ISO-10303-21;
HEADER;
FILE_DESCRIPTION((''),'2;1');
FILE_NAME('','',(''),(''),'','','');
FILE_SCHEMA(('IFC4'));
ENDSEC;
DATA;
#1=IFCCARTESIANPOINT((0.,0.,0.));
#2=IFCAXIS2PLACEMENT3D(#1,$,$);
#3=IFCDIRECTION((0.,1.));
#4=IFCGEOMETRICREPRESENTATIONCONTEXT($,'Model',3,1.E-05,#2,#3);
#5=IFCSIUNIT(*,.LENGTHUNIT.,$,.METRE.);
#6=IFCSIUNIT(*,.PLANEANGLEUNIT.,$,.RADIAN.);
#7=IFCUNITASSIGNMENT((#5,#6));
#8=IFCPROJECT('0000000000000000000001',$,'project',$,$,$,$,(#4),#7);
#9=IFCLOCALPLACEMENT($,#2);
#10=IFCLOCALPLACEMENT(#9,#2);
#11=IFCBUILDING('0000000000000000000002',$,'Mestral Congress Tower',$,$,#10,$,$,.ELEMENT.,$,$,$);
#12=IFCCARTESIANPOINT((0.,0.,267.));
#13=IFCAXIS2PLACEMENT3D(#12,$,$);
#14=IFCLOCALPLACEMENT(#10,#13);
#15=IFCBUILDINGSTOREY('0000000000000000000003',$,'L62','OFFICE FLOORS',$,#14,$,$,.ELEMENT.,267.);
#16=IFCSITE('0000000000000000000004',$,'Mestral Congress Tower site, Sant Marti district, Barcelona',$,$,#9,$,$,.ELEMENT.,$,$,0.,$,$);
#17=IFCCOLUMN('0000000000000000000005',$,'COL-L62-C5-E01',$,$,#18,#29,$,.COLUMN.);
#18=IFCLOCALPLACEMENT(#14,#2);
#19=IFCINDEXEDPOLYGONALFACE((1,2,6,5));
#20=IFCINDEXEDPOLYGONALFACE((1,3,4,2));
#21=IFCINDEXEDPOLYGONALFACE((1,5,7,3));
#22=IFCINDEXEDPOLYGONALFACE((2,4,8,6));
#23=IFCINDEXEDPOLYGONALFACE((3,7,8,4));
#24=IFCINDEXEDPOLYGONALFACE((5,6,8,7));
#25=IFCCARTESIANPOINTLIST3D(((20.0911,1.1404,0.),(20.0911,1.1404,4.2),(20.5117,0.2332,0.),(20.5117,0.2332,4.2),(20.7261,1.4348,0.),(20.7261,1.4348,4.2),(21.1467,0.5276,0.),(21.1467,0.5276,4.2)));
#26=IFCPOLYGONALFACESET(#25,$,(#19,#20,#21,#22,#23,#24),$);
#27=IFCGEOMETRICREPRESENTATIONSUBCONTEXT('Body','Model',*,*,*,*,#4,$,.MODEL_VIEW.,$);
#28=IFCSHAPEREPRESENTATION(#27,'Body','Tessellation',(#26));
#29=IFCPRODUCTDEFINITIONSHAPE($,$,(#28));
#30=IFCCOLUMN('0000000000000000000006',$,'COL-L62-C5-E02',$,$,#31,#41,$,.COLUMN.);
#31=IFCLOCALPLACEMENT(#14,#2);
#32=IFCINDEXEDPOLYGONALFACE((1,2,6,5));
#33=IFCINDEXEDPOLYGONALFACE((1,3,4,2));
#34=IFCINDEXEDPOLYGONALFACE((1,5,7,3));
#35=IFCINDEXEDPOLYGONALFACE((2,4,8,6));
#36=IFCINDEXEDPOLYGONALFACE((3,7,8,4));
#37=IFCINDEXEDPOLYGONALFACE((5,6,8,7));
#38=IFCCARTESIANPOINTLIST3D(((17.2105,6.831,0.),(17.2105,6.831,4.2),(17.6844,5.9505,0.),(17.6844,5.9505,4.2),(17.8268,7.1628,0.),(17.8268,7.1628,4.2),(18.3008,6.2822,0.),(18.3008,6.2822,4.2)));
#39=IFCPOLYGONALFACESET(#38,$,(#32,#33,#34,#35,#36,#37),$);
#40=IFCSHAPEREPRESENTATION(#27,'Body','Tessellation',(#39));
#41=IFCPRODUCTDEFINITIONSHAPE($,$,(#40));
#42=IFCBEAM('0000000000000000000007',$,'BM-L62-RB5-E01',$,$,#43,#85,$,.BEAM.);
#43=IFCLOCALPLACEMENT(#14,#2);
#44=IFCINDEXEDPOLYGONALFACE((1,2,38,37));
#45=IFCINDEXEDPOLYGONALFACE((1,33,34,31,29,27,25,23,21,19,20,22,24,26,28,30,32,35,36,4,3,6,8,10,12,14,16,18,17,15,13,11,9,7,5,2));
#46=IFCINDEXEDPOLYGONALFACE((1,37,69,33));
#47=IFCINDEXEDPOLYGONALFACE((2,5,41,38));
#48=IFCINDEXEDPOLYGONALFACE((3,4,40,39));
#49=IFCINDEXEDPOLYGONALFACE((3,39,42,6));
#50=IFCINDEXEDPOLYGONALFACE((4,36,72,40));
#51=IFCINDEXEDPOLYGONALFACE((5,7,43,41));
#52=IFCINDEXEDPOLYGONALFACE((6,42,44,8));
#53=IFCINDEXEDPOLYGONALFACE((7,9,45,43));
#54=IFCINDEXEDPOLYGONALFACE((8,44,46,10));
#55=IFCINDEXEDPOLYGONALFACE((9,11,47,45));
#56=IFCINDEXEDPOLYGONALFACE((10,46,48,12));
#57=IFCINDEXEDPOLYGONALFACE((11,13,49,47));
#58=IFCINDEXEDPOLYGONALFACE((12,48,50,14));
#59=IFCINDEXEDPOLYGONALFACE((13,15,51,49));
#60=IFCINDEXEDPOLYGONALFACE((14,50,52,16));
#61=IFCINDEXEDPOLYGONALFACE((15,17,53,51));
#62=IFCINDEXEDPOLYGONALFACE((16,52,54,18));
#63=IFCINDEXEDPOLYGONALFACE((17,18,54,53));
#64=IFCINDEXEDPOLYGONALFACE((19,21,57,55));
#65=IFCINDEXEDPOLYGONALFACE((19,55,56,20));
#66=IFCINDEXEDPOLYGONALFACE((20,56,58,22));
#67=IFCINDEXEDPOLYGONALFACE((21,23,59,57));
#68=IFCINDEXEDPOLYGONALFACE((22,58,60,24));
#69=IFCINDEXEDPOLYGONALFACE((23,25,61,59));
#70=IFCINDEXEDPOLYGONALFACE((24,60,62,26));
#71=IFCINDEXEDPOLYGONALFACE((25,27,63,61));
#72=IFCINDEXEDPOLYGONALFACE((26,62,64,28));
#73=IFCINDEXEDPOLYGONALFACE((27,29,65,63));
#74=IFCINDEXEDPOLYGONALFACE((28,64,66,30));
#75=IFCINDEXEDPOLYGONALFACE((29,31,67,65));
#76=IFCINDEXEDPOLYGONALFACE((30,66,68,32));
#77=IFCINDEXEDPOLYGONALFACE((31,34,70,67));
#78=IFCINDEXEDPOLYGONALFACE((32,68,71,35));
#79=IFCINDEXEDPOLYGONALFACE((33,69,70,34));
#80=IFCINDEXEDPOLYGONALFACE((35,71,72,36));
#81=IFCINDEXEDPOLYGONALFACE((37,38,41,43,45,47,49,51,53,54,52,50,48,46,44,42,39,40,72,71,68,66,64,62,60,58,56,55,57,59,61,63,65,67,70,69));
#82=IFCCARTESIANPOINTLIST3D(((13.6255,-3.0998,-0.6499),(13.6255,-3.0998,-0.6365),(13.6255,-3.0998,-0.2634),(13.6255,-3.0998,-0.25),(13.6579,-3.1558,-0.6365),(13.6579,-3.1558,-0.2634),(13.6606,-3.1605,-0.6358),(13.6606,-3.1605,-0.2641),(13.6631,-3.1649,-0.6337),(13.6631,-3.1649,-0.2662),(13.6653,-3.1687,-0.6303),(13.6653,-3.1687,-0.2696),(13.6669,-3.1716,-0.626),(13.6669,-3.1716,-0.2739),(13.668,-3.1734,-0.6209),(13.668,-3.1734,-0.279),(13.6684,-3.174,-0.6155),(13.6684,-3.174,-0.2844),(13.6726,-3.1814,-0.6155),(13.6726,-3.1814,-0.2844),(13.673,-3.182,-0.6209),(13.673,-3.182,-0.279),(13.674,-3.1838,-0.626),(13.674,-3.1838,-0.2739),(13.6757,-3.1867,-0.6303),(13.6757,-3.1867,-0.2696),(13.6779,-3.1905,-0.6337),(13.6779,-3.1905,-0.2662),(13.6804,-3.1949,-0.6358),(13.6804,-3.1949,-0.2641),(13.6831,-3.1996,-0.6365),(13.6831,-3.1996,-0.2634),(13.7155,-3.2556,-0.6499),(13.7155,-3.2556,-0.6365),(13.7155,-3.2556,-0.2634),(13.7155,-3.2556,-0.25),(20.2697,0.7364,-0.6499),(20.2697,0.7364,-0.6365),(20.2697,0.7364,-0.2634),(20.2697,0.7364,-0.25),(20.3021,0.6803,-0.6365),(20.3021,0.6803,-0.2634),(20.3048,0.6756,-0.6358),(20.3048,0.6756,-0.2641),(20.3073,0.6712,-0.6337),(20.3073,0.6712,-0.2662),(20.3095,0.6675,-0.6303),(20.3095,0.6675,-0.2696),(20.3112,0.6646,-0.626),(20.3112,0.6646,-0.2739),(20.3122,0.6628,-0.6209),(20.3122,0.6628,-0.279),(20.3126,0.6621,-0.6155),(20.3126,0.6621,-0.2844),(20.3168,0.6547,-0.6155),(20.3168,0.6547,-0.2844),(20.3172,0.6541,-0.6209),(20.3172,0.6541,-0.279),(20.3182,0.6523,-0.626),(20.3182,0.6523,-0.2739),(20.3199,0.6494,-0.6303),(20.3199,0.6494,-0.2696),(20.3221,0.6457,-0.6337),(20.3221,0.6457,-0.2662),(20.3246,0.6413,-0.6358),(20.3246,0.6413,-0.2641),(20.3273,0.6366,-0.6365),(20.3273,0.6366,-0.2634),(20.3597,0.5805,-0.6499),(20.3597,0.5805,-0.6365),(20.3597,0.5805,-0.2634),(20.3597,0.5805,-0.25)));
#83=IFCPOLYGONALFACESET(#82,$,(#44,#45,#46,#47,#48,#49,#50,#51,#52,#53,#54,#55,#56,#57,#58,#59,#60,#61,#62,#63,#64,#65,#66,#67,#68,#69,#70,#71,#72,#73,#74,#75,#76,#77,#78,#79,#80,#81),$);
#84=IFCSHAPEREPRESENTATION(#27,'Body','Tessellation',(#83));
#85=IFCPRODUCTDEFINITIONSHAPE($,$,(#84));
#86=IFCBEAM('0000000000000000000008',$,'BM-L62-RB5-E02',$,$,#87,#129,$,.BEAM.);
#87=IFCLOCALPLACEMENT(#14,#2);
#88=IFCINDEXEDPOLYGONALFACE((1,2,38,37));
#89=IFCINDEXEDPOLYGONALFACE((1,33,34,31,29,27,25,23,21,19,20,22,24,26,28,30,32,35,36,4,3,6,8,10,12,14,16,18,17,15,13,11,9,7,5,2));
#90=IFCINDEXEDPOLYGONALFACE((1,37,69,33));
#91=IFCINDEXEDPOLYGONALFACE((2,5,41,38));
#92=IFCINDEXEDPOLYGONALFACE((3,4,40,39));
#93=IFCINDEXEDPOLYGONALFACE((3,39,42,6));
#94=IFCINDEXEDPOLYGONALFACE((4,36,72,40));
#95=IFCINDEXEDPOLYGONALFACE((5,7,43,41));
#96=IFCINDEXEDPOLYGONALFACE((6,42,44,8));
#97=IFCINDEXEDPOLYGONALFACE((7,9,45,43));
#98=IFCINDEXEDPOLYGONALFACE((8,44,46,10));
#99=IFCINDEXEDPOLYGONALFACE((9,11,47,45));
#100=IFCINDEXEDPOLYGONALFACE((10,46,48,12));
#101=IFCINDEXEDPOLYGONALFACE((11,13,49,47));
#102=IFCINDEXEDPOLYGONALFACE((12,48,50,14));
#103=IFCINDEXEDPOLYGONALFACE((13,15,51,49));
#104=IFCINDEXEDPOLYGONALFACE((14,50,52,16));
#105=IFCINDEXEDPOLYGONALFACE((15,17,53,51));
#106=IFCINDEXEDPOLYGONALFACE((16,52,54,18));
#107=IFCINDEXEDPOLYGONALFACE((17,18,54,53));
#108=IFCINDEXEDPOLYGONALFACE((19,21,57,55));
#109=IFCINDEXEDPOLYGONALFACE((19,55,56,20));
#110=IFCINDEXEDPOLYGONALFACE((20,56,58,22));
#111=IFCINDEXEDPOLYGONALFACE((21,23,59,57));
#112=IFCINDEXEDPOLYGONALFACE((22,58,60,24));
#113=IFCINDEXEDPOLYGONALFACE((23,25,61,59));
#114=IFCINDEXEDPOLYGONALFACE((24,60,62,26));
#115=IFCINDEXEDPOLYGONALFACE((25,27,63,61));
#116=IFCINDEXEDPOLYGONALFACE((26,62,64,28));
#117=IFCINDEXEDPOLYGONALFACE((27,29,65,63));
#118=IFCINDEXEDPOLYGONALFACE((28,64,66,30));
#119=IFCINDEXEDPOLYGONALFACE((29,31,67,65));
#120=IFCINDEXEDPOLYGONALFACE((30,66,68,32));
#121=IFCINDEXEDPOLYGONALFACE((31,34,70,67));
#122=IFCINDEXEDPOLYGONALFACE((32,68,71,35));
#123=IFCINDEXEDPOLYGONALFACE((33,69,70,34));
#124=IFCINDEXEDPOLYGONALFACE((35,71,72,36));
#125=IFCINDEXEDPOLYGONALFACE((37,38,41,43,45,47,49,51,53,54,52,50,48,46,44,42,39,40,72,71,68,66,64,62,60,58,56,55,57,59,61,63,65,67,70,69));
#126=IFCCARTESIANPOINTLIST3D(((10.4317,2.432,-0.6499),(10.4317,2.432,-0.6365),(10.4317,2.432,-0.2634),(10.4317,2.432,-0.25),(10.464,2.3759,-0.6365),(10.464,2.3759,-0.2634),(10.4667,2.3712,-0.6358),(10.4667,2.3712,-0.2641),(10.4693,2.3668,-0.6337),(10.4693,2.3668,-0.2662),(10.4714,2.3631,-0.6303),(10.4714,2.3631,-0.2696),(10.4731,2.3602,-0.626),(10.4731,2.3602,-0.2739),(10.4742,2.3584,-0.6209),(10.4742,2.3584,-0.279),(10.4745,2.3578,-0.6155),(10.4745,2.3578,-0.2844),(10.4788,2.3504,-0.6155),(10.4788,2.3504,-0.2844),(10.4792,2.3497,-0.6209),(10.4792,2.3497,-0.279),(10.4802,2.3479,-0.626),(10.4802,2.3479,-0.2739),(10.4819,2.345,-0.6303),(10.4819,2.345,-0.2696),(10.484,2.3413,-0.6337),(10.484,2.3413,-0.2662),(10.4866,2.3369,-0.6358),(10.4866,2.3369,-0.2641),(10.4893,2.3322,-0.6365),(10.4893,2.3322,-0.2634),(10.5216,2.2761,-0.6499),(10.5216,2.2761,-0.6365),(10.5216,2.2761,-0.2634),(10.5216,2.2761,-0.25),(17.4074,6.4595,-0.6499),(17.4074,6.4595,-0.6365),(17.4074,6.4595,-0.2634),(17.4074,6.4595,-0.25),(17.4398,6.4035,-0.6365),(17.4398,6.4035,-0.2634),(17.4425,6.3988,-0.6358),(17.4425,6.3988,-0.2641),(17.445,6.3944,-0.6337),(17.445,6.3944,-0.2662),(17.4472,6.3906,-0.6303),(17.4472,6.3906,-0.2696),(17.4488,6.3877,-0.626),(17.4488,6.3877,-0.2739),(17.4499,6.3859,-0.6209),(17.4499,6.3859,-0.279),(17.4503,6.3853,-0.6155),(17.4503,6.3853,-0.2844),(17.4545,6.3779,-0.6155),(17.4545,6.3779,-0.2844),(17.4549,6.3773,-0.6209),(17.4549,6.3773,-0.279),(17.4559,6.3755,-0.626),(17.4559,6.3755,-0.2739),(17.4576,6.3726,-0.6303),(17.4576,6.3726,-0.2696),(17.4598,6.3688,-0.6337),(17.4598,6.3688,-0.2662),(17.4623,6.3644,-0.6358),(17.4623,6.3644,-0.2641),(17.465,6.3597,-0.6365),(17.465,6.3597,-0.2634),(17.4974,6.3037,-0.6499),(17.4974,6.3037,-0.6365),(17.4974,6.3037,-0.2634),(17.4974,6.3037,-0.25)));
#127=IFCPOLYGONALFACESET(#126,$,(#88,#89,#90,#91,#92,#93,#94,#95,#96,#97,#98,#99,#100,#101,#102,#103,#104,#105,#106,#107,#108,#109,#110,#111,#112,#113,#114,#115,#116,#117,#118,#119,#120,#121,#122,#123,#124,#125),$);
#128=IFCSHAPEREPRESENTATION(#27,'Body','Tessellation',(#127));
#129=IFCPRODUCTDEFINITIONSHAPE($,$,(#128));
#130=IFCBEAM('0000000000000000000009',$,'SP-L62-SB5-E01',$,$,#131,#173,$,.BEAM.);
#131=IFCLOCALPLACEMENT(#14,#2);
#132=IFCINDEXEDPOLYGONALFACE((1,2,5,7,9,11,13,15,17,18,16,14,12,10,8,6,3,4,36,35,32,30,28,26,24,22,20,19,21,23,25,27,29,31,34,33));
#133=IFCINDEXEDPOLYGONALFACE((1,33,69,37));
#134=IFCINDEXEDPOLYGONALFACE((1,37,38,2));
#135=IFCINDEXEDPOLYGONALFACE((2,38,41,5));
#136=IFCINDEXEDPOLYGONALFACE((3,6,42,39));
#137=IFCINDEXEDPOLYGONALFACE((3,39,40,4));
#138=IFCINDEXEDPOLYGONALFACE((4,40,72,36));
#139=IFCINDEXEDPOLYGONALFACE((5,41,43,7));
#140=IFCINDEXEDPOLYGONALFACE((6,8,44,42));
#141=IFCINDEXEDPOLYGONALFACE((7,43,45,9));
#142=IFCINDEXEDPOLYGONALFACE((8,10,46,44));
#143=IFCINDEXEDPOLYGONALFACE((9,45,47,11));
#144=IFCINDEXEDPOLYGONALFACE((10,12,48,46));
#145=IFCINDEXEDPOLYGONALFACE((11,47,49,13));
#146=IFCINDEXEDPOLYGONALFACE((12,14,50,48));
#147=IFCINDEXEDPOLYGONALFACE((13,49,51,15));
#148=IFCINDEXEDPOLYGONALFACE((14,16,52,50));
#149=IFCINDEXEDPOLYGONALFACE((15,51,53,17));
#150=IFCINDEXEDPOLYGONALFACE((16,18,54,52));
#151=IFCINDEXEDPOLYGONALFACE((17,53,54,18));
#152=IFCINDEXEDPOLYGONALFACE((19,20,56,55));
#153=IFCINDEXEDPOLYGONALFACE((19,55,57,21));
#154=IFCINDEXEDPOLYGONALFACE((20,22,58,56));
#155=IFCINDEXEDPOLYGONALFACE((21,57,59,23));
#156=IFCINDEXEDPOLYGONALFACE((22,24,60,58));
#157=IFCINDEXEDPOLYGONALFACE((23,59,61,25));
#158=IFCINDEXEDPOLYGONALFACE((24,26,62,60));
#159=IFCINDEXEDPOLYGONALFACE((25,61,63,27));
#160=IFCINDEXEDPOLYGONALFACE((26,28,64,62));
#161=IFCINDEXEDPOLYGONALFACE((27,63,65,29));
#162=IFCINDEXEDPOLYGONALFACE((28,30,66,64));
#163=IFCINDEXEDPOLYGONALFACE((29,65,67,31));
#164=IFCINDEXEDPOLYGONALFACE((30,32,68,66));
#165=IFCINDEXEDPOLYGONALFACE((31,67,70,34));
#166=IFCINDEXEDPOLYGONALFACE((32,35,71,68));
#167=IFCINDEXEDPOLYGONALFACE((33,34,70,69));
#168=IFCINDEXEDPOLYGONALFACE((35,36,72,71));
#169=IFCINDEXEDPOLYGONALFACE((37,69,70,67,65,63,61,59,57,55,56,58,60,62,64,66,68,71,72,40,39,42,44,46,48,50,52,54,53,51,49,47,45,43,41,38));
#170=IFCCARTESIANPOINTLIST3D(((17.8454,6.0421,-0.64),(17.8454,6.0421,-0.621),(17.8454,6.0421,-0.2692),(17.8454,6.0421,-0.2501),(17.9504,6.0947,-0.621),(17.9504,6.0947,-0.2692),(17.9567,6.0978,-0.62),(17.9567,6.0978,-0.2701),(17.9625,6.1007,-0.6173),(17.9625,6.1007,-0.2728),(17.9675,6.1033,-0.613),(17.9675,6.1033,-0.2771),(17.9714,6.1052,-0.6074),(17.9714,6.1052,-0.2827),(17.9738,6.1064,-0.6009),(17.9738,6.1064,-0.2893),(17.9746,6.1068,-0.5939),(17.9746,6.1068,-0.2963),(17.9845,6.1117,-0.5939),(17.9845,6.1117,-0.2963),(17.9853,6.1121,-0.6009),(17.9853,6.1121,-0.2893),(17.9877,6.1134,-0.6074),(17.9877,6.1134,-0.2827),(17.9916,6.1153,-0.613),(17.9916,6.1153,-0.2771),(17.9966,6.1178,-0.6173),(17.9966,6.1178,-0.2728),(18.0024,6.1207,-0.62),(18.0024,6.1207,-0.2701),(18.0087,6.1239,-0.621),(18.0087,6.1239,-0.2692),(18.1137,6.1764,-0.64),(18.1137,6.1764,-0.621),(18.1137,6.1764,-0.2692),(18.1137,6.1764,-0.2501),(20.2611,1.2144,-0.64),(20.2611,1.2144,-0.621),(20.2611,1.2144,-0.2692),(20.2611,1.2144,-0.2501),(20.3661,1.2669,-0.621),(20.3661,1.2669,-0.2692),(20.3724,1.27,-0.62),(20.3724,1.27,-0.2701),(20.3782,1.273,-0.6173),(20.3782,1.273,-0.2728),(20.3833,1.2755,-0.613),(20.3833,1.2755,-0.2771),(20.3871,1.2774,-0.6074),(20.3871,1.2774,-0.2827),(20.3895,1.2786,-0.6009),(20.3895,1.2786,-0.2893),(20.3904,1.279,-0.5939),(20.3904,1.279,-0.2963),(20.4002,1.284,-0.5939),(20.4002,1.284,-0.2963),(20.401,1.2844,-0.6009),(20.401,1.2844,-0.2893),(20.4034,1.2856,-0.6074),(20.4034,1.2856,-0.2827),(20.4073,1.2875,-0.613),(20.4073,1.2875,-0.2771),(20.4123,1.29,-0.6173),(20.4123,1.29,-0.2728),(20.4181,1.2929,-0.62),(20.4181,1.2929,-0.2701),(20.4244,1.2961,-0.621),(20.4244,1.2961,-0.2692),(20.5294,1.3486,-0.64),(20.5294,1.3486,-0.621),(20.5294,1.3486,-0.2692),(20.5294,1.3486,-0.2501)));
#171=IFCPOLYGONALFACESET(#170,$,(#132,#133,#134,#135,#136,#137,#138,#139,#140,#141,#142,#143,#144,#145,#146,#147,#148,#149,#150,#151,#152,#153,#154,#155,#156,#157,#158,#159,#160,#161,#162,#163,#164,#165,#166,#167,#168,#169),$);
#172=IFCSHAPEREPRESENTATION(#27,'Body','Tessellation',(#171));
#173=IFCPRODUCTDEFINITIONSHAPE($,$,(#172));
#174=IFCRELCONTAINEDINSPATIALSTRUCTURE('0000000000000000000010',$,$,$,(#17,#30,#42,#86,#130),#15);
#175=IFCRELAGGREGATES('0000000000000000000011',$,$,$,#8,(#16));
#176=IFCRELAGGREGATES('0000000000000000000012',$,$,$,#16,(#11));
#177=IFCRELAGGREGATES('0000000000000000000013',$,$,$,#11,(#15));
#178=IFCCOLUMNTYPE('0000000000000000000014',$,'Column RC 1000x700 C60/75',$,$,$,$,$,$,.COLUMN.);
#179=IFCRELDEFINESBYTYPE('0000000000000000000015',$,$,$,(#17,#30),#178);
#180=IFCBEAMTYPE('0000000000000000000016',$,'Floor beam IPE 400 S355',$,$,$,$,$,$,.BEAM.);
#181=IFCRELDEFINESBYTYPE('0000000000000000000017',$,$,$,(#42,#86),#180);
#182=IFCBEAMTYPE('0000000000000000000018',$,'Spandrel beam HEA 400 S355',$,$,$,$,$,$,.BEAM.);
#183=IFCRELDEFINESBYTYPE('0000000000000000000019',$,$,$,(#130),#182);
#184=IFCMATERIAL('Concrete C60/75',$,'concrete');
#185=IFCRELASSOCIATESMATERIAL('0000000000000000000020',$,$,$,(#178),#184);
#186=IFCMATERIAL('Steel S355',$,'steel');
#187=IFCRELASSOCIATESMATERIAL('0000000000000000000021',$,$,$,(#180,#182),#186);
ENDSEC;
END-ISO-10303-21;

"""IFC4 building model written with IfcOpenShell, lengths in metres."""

from ifc_helpers import new_model, si_unit, direction, frame, origin, origin_2d, place, context, subcontext, project, spatial, rectangle, i_section, extrude, material, material_profile, profile_set, type_object, element, save


model = new_model("IFC4")

# Units and contexts
model_context = context("Model", 3, precision=1e-05, world=origin(), true_north=direction((0.0, 1.0)))
body_context = subcontext(model_context, "Body", "Model", "MODEL_VIEW")
ifc_project = project(units=[si_unit("LENGTHUNIT", "METRE"), si_unit("PLANEANGLEUNIT", "RADIAN")], contexts=[model_context])

# Site, building, storey
site_placement = place(None, origin())
site = spatial("IfcSite", under=ifc_project, at=site_placement, Name="Mestral Congress Tower site, Sant Marti district, Barcelona", CompositionType="ELEMENT", RefElevation=0.0)
building_placement = place(site_placement, origin())
building = spatial("IfcBuilding", under=site, at=building_placement, Name="Mestral Congress Tower", CompositionType="ELEMENT")
storey_placement = place(building_placement, frame((0.0, 0.0, 267.0)))
storey = spatial("IfcBuildingStorey", under=building, at=storey_placement, Name="L62", Description="OFFICE FLOORS", CompositionType="ELEMENT", Elevation=267.0)

# Columns
ifc_material_1 = material(Name="Concrete C60/75", Category="concrete")
ifc_material_profile_1 = material_profile(ifc_material_1, rectangle(XDim=1.0, YDim=0.7, at=origin_2d()), Name="RC 1000x700")
ifc_profile_set_1 = profile_set([ifc_material_profile_1], Name="Concrete C60/75")
column_type = type_object("IfcColumnType", Name="Column RC 1000x700 C60/75", PredefinedType="COLUMN", material=ifc_profile_set_1)
for number, where, z_axis, x_axis, name in (
    (1, (20.6189, 0.834, 0.0), (0.0, 0.0, 1.0), (-0.420596, 0.907248, 0.0), "COL-L62-C5-E01"),
    (2, (17.7556, 6.5566, 0.0), (0.0, 0.0, 1.0), (-0.473945, 0.880554, 0.0), "COL-L62-C5-E02"),
):
    element("IfcColumn", number, at=place(storey_placement, frame(where, z_axis=z_axis, x_axis=x_axis)), inside=storey, type_object=column_type, Name=name, PredefinedType="COLUMN", context=body_context, shape_type="SweptSolid", body=[
        extrude(rectangle(XDim=1.0, YDim=0.7, at=origin_2d()), origin(), (0.0, 0.0, 1.0), 4.2),
    ])

# Beams
ifc_material_2 = material(Name="Steel S355", Category="steel")
ifc_material_profile_2 = material_profile(ifc_material_2, i_section(OverallWidth=0.1799, OverallDepth=0.3999, WebThickness=0.0085, FlangeThickness=0.0134, FilletRadius=0.021, at=origin_2d()), Name="IPE 400")
ifc_profile_set_2 = profile_set([ifc_material_profile_2], Name="Steel S355")
beam_type_1 = type_object("IfcBeamType", Name="Floor beam IPE 400 S355", PredefinedType="BEAM", material=ifc_profile_set_2)
beam_1_placement = place(storey_placement, frame((20.3147, 0.6584, -0.45), z_axis=(-0.86602, -0.50001, 0.0), x_axis=(0.50001, -0.86602, 0.0)))
element("IfcBeam", 3, at=beam_1_placement, inside=storey, type_object=beam_type_1, Name="BM-L62-RB5-E01", PredefinedType="BEAM", context=body_context, shape_type="SweptSolid", body=[
    extrude(i_section(OverallWidth=0.1799, OverallDepth=0.3999, WebThickness=0.0085, FlangeThickness=0.0134, FilletRadius=0.021, at=origin_2d()), origin(), (0.0, 0.0, 1.0), 7.6721),
])
beam_2_placement = place(storey_placement, frame((17.4524, 6.3816, -0.45), z_axis=(-0.866021, -0.500008, 0.0), x_axis=(0.500008, -0.866021, 0.0)))
element("IfcBeam", 4, at=beam_2_placement, inside=storey, type_object=beam_type_1, Name="BM-L62-RB5-E02", PredefinedType="BEAM", context=body_context, shape_type="SweptSolid", body=[
    extrude(i_section(OverallWidth=0.1799, OverallDepth=0.3999, WebThickness=0.0085, FlangeThickness=0.0134, FilletRadius=0.021, at=origin_2d()), origin(), (0.0, 0.0, 1.0), 8.0549),
])
ifc_material_profile_3 = material_profile(ifc_material_2, i_section(OverallWidth=0.3, OverallDepth=0.3899, WebThickness=0.011, FlangeThickness=0.019, FilletRadius=0.0271, at=origin_2d()), Name="HEA 400")
ifc_profile_set_3 = profile_set([ifc_material_profile_3], Name="Steel S355")
beam_type_2 = type_object("IfcBeamType", Name="Spandrel beam HEA 400 S355", PredefinedType="BEAM", material=ifc_profile_set_3)
beam_3_placement = place(storey_placement, frame((20.3953, 1.2815, -0.4451), z_axis=(-0.447485, 0.894291, 0.0), x_axis=(-0.894291, -0.447485, 0.0)))
element("IfcBeam", 5, at=beam_3_placement, inside=storey, type_object=beam_type_2, Name="SP-L62-SB5-E01", PredefinedType="BEAM", context=body_context, shape_type="SweptSolid", body=[
    extrude(i_section(OverallWidth=0.3, OverallDepth=0.3899, WebThickness=0.011, FlangeThickness=0.019, FilletRadius=0.0271, at=origin_2d()), origin(), (0.0, 0.0, 1.0), 5.3984),
])

save(model, "model.ifc")
